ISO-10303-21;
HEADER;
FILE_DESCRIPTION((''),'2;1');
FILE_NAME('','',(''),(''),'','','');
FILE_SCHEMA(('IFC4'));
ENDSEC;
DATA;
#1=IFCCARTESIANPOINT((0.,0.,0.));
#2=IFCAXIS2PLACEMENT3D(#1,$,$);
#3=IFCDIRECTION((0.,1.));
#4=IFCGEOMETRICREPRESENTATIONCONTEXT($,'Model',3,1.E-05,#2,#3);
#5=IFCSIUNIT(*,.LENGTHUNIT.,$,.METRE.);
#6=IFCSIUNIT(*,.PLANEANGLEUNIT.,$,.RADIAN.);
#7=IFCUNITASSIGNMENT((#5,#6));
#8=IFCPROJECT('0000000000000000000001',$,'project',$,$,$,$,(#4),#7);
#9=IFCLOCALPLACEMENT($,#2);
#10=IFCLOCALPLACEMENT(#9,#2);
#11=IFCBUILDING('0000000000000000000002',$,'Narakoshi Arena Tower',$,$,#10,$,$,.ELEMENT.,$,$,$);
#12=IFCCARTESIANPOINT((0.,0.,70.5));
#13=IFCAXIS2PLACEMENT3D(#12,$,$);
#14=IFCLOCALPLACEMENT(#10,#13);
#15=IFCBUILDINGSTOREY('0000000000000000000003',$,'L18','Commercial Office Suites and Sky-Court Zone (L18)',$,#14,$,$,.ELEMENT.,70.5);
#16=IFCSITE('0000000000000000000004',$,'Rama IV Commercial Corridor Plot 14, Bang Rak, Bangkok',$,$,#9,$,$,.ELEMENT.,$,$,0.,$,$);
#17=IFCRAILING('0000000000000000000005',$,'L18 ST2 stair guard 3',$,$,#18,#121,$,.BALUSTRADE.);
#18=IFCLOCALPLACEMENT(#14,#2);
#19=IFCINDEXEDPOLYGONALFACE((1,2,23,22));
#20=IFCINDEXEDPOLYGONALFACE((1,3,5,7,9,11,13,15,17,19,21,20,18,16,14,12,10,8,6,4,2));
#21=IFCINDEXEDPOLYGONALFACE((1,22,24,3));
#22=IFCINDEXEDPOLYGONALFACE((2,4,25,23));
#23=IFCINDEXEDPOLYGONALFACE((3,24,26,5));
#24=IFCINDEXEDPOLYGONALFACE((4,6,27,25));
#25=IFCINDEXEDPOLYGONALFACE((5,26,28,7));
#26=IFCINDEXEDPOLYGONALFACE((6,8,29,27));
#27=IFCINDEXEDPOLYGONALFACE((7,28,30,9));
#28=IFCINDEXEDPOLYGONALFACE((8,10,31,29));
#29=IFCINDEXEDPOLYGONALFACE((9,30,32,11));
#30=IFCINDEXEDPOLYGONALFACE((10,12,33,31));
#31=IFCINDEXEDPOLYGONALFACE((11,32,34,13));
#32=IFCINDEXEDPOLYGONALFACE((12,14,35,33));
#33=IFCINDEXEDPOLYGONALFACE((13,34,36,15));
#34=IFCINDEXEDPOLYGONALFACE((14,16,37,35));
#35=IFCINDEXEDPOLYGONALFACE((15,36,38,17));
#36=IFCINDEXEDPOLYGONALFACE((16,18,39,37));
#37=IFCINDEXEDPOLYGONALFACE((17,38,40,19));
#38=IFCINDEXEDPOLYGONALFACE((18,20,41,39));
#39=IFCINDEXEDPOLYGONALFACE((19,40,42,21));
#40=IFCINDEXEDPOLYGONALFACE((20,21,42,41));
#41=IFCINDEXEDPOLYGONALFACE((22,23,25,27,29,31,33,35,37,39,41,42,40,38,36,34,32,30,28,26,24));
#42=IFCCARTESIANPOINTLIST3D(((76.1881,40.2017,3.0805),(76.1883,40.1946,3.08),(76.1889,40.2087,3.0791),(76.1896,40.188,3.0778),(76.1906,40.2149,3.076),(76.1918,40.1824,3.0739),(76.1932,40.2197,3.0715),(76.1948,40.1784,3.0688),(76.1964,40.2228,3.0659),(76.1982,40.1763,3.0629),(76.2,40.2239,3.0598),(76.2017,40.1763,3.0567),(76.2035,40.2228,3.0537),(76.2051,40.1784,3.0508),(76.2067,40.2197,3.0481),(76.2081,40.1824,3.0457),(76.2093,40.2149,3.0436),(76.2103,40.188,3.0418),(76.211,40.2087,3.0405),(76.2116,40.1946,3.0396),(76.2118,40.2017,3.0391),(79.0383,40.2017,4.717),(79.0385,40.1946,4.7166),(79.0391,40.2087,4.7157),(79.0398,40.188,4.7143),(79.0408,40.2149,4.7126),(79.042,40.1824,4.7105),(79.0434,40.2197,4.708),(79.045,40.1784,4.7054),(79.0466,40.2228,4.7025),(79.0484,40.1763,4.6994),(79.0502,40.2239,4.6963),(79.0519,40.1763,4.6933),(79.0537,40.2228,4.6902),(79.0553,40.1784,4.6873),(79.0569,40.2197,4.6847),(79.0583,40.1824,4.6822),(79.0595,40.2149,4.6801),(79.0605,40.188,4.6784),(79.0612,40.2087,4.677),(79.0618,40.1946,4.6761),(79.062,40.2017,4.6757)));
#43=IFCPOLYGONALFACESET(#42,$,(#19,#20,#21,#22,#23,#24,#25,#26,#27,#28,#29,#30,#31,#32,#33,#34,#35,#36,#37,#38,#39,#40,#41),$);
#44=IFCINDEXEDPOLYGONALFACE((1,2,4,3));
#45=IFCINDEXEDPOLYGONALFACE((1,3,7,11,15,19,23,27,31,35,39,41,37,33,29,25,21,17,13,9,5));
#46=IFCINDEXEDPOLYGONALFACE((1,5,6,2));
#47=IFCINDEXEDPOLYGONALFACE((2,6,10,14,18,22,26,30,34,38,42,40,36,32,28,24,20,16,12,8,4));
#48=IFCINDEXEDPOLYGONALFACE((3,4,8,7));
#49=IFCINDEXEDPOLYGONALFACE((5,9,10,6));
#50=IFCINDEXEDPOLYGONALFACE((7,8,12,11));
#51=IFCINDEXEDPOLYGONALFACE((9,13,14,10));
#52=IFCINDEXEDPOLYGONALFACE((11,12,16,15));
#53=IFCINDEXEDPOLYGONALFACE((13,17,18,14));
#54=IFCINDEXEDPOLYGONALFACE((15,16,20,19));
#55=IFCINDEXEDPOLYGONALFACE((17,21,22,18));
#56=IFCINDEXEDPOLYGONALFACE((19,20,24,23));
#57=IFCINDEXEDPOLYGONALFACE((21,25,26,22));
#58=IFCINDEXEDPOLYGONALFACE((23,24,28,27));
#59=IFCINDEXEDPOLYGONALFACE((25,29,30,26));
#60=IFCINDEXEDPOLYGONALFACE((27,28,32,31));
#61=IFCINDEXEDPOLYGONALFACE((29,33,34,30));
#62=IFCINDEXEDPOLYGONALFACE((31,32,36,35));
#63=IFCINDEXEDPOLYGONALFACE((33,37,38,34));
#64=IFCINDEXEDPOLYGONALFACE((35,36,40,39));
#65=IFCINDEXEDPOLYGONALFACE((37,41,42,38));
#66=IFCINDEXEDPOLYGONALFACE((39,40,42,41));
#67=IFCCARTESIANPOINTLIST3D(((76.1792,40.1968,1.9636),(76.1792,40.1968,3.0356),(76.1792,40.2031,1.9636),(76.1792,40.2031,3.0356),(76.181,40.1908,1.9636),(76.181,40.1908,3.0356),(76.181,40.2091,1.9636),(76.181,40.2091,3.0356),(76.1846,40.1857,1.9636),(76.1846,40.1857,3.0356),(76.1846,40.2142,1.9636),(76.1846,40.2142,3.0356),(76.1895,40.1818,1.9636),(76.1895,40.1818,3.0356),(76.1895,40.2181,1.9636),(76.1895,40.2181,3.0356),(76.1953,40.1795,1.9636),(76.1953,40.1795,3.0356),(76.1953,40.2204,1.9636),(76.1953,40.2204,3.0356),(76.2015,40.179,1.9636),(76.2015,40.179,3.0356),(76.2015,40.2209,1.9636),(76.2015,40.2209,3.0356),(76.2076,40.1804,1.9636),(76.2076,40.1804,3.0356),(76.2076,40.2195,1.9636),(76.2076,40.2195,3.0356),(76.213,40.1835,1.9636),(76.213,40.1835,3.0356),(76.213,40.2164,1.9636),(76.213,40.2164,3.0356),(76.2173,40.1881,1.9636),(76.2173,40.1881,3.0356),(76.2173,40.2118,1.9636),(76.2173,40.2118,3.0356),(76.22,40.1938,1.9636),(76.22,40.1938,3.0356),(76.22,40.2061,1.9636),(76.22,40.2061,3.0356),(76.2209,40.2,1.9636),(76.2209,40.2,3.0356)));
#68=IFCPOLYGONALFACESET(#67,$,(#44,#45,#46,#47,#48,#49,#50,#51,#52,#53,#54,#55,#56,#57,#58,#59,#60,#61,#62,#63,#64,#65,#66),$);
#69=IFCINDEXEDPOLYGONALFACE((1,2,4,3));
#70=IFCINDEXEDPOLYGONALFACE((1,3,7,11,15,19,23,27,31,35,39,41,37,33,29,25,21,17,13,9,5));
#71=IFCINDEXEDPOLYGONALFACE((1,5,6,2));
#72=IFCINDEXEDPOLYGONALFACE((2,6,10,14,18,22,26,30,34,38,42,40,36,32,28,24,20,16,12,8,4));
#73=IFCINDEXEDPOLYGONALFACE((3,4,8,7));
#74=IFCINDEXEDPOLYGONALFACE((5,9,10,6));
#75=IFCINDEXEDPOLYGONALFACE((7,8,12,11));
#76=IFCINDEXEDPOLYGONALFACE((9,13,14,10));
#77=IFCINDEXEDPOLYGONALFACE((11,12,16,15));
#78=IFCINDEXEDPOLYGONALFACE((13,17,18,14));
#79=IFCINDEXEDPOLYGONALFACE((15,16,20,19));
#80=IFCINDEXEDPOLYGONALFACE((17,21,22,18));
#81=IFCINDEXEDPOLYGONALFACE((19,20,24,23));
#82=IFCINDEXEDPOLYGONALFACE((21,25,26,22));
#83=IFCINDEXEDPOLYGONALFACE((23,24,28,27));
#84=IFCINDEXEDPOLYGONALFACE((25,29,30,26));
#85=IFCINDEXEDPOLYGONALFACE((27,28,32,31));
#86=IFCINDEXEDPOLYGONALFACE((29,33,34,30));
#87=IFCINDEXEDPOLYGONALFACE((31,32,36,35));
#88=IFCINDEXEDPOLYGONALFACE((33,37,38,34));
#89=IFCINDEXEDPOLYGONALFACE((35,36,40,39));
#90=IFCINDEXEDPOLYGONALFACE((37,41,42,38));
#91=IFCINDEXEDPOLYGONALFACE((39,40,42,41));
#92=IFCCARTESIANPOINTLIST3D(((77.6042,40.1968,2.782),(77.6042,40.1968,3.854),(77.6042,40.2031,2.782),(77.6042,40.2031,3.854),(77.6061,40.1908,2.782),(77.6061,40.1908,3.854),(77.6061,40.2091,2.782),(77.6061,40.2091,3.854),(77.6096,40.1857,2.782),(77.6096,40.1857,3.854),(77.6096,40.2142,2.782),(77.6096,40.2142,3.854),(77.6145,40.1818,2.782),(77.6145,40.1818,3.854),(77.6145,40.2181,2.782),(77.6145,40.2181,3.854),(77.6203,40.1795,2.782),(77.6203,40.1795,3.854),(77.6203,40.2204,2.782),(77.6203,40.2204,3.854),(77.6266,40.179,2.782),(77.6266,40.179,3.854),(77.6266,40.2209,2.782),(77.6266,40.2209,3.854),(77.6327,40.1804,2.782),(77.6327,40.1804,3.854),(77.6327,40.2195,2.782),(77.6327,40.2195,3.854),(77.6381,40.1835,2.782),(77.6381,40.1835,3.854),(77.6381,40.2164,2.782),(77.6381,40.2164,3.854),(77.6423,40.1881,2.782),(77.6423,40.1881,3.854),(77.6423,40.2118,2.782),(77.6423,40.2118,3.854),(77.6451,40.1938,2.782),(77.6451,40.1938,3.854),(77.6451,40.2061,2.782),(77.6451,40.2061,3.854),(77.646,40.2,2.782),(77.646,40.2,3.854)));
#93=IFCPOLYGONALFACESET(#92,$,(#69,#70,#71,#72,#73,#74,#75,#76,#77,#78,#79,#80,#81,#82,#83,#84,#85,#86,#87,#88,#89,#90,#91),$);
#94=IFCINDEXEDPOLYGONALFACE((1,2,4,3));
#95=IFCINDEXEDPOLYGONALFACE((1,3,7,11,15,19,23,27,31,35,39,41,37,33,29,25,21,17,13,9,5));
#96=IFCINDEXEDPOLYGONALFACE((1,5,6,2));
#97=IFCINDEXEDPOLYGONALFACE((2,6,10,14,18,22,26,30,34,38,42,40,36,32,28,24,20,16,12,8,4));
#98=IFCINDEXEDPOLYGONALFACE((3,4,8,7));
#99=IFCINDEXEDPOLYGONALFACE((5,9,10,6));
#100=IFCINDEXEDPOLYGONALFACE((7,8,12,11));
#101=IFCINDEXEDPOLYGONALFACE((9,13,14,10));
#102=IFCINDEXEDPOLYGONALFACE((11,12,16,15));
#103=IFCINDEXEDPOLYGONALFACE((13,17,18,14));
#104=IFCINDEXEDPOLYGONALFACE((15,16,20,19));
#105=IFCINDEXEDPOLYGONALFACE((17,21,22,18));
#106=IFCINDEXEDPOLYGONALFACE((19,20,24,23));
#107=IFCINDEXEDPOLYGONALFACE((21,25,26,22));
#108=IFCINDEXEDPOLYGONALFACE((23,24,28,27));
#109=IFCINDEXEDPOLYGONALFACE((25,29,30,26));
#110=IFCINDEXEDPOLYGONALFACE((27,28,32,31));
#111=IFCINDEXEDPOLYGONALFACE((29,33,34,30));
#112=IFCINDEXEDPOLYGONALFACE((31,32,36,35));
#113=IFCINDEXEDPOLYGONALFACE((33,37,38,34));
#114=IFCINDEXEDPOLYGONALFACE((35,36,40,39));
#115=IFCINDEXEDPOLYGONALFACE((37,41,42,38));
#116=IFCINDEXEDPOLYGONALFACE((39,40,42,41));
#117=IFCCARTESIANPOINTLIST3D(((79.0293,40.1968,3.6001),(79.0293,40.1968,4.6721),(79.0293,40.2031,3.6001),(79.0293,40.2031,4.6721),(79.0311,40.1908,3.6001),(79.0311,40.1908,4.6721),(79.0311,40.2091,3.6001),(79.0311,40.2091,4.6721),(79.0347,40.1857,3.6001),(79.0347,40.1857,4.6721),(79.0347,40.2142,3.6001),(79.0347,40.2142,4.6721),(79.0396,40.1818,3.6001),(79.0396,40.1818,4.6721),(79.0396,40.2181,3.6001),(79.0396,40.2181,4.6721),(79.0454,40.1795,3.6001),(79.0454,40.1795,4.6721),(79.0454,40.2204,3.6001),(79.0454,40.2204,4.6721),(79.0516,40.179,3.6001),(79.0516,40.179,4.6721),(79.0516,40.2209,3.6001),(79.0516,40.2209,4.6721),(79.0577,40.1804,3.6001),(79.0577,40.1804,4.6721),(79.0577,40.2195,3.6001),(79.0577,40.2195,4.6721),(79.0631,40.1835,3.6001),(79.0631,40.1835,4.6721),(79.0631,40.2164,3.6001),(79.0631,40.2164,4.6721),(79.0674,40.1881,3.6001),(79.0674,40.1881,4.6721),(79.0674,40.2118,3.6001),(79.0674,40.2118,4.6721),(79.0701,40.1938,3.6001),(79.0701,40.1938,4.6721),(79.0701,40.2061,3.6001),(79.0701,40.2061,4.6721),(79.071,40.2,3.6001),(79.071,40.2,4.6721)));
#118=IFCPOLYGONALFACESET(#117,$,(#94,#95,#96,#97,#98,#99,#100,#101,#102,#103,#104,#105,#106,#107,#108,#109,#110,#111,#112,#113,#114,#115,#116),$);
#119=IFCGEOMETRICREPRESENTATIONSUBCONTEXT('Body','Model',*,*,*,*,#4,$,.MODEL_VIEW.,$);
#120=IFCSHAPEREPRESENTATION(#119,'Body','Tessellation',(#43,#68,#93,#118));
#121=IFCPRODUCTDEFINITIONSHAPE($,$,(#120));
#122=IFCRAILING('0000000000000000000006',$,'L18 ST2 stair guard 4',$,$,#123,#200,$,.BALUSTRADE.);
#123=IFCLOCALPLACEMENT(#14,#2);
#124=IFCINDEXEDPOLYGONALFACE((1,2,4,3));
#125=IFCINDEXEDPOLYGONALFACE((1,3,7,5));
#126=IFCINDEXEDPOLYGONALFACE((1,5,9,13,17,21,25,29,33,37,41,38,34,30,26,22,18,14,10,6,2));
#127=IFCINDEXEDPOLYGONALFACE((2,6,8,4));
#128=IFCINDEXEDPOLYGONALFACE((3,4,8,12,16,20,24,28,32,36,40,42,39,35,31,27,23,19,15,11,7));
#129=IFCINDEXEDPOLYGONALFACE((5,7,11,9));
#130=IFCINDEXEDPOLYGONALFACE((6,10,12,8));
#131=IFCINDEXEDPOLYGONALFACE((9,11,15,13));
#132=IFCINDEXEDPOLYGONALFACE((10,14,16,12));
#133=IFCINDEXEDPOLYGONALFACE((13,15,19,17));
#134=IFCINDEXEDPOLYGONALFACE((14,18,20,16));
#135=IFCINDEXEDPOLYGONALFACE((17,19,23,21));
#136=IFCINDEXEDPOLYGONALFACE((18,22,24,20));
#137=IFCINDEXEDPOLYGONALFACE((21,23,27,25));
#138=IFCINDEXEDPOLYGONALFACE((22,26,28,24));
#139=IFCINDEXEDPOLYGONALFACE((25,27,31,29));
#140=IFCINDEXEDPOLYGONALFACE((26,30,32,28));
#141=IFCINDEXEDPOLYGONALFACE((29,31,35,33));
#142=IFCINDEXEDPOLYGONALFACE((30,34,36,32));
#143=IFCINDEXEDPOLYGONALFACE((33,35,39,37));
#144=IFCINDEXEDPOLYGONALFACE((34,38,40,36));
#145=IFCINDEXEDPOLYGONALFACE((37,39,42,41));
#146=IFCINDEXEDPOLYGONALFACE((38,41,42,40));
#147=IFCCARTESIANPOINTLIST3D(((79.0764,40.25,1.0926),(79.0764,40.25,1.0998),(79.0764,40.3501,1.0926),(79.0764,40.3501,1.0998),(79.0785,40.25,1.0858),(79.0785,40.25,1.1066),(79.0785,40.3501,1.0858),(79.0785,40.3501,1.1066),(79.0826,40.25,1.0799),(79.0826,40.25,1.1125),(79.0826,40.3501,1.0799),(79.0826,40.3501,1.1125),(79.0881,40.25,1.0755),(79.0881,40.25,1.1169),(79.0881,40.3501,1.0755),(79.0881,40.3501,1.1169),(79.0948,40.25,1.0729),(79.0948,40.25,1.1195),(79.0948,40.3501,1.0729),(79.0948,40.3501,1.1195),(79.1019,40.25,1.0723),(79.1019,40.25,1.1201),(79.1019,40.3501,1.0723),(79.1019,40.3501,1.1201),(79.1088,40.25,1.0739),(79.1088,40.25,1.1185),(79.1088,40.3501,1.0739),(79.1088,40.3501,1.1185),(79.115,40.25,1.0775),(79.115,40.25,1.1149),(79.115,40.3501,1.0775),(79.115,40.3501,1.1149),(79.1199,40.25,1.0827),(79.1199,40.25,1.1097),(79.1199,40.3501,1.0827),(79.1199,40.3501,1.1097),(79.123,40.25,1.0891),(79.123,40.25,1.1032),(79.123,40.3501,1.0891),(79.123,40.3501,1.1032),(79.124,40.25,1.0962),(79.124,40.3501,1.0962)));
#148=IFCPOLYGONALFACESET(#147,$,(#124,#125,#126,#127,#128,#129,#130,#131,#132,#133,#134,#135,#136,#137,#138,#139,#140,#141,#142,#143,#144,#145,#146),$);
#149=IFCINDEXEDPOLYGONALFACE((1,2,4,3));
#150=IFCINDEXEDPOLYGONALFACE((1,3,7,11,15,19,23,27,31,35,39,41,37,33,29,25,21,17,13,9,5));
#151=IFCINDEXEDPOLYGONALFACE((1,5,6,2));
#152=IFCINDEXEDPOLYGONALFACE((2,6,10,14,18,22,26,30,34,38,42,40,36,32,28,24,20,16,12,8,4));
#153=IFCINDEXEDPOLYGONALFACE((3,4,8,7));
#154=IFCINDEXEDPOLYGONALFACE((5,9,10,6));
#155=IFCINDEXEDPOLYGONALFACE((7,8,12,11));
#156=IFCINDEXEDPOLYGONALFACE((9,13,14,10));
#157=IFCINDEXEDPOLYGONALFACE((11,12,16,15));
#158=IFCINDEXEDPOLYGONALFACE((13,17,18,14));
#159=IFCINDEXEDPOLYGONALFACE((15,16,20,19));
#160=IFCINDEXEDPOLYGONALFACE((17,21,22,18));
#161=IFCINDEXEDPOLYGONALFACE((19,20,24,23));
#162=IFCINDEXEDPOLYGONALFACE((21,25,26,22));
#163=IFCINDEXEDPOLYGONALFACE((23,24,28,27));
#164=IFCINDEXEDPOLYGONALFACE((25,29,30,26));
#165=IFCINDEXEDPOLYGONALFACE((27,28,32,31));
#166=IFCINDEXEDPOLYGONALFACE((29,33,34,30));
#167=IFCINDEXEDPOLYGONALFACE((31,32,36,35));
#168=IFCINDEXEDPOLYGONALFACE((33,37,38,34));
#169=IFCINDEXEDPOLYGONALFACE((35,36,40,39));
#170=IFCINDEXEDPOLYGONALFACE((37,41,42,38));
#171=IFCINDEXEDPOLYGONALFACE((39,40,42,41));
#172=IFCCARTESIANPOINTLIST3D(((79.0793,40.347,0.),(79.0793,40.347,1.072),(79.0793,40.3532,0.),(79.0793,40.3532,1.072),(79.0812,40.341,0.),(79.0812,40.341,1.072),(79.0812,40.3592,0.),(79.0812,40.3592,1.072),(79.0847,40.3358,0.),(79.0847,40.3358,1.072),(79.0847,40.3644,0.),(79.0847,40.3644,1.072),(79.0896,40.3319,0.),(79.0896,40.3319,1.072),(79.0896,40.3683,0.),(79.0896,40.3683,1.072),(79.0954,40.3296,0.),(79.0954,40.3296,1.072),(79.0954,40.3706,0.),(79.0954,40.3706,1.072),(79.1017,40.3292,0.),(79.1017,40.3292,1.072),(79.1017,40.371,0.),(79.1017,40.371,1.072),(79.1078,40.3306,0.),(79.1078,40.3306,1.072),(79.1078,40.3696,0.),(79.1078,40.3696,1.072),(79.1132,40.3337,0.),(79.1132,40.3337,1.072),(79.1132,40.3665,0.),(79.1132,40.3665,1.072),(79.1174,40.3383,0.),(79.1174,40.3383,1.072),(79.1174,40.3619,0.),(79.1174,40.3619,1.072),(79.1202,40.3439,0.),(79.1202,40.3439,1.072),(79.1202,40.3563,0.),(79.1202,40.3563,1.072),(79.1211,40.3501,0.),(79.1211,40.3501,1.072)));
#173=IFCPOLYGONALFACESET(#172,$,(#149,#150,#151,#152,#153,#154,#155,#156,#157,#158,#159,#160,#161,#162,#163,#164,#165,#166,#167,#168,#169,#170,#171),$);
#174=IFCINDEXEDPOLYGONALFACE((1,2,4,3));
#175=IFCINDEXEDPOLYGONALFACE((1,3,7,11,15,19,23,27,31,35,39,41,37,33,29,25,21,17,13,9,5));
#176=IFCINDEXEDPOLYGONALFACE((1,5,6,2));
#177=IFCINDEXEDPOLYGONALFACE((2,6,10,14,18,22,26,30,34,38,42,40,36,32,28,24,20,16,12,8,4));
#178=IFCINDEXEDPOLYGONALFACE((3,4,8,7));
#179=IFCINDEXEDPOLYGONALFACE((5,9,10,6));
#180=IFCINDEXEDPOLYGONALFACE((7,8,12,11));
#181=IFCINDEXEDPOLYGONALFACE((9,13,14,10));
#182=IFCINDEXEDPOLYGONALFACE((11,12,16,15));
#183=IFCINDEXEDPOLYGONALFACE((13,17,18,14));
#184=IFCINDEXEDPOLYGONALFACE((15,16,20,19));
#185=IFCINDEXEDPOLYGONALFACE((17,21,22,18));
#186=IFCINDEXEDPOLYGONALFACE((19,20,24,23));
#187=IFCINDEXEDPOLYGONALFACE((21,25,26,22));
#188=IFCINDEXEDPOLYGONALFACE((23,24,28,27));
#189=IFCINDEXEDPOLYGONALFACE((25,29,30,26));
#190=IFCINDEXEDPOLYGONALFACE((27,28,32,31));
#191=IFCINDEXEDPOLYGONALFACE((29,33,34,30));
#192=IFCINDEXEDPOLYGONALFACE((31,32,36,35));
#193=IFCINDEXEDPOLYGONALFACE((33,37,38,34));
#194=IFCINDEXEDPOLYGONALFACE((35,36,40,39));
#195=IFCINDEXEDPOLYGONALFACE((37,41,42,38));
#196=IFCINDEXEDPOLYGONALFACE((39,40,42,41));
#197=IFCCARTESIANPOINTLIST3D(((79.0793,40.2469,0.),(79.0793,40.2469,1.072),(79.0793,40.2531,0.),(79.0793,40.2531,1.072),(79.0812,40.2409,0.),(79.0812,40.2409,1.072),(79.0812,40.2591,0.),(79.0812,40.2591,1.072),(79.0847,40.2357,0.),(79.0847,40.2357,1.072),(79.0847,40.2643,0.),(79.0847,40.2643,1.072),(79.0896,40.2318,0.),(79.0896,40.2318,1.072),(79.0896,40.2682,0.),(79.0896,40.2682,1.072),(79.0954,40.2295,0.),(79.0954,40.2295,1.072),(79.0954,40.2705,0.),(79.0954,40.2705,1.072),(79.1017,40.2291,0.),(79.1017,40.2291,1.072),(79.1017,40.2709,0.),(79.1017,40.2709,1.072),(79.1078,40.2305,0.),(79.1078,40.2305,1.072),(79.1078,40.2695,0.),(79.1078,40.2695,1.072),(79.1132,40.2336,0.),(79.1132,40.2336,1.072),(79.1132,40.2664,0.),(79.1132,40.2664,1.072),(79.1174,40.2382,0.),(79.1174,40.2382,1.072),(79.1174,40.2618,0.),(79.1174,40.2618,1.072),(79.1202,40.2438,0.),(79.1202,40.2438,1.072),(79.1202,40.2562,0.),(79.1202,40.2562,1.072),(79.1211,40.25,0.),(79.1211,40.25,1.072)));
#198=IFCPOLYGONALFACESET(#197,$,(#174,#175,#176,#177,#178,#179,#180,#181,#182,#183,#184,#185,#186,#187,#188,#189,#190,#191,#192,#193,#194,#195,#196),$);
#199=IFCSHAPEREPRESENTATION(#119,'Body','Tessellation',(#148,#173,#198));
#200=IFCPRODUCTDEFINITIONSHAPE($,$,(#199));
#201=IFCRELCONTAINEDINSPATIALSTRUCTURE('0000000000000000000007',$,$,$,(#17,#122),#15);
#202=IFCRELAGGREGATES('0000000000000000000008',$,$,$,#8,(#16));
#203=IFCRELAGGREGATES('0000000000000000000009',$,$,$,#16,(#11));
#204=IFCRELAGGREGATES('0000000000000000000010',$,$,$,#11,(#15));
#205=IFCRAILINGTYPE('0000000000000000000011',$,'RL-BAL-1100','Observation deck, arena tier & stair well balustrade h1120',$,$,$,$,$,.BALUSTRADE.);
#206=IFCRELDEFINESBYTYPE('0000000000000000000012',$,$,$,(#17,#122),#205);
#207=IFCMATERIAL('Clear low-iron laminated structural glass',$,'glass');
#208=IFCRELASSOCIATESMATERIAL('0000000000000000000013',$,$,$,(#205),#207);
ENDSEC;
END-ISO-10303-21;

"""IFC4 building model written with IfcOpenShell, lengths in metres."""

from ifc_helpers import new_model, si_unit, direction, frame, origin, origin_2d, place, context, subcontext, project, spatial, circle, extrude, material, type_object, element, save


model = new_model("IFC4")

# Units and contexts
model_context = context("Model", 3, precision=1e-05, world=origin(), true_north=direction((0.0, 1.0)))
body_context = subcontext(model_context, "Body", "Model", "MODEL_VIEW")
ifc_project = project(units=[si_unit("LENGTHUNIT", "METRE"), si_unit("PLANEANGLEUNIT", "RADIAN")], contexts=[model_context])

# Site, building, storey
site_placement = place(None, origin())
site = spatial("IfcSite", under=ifc_project, at=site_placement, Name="Rama IV Commercial Corridor Plot 14, Bang Rak, Bangkok", CompositionType="ELEMENT", RefElevation=0.0)
building_placement = place(site_placement, origin())
building = spatial("IfcBuilding", under=site, at=building_placement, Name="Narakoshi Arena Tower", CompositionType="ELEMENT")
storey_placement = place(building_placement, frame((0.0, 0.0, 70.5)))
storey = spatial("IfcBuildingStorey", under=building, at=storey_placement, Name="L18", Description="Commercial Office Suites and Sky-Court Zone (L18)", CompositionType="ELEMENT", Elevation=70.5)

# Railings
ifc_material_1 = material(Name="Clear low-iron laminated structural glass", Category="glass")
railing_type_1 = type_object("IfcRailingType", Name="RL-BAL-1100", Description="Observation deck, arena tier & stair well balustrade h1120", PredefinedType="BALUSTRADE", material=ifc_material_1)
railing_1_placement = place(storey_placement, frame((76.2, 40.2, 1.9636)))
element("IfcRailing", 1, at=railing_1_placement, inside=storey, type_object=railing_type_1, Name="L18 ST2 stair guard 3", PredefinedType="BALUSTRADE", context=body_context, shape_type="SweptSolid", body=[
    extrude(circle(Radius=0.0239, at=origin_2d()), frame((0.0, 0.0, 1.0962), z_axis=(0.867213, 0.0, 0.497938), x_axis=(0.0, 1.0, 0.0)), (0.0, 0.0, 1.0), 3.2866),
    extrude(circle(Radius=0.021, at=origin_2d()), origin(), (0.0, 0.0, 1.0), 1.072),
    extrude(circle(Radius=0.021, at=origin_2d()), frame((1.425, 0.0, 0.8184)), (0.0, 0.0, 1.0), 1.072),
    extrude(circle(Radius=0.021, at=origin_2d()), frame((2.8501, 0.0, 1.6365)), (0.0, 0.0, 1.0), 1.072),
])
railing_2_placement = place(storey_placement, frame((79.1001, 40.3501, 0.0)))
element("IfcRailing", 2, at=railing_2_placement, inside=storey, type_object=railing_type_1, Name="L18 ST2 stair guard 4", PredefinedType="BALUSTRADE", context=body_context, shape_type="SweptSolid", body=[
    extrude(circle(Radius=0.0239, at=origin_2d()), frame((0.0, 0.0, 1.0962), z_axis=(0.0, -1.0, 0.0), x_axis=(1.0, 0.0, 0.0)), (0.0, 0.0, 1.0), 0.1001),
    extrude(circle(Radius=0.021, at=origin_2d()), origin(), (0.0, 0.0, 1.0), 1.072),
    extrude(circle(Radius=0.021, at=origin_2d()), frame((0.0, -0.1001, 0.0)), (0.0, 0.0, 1.0), 1.072),
])

save(model, "model.ifc")
